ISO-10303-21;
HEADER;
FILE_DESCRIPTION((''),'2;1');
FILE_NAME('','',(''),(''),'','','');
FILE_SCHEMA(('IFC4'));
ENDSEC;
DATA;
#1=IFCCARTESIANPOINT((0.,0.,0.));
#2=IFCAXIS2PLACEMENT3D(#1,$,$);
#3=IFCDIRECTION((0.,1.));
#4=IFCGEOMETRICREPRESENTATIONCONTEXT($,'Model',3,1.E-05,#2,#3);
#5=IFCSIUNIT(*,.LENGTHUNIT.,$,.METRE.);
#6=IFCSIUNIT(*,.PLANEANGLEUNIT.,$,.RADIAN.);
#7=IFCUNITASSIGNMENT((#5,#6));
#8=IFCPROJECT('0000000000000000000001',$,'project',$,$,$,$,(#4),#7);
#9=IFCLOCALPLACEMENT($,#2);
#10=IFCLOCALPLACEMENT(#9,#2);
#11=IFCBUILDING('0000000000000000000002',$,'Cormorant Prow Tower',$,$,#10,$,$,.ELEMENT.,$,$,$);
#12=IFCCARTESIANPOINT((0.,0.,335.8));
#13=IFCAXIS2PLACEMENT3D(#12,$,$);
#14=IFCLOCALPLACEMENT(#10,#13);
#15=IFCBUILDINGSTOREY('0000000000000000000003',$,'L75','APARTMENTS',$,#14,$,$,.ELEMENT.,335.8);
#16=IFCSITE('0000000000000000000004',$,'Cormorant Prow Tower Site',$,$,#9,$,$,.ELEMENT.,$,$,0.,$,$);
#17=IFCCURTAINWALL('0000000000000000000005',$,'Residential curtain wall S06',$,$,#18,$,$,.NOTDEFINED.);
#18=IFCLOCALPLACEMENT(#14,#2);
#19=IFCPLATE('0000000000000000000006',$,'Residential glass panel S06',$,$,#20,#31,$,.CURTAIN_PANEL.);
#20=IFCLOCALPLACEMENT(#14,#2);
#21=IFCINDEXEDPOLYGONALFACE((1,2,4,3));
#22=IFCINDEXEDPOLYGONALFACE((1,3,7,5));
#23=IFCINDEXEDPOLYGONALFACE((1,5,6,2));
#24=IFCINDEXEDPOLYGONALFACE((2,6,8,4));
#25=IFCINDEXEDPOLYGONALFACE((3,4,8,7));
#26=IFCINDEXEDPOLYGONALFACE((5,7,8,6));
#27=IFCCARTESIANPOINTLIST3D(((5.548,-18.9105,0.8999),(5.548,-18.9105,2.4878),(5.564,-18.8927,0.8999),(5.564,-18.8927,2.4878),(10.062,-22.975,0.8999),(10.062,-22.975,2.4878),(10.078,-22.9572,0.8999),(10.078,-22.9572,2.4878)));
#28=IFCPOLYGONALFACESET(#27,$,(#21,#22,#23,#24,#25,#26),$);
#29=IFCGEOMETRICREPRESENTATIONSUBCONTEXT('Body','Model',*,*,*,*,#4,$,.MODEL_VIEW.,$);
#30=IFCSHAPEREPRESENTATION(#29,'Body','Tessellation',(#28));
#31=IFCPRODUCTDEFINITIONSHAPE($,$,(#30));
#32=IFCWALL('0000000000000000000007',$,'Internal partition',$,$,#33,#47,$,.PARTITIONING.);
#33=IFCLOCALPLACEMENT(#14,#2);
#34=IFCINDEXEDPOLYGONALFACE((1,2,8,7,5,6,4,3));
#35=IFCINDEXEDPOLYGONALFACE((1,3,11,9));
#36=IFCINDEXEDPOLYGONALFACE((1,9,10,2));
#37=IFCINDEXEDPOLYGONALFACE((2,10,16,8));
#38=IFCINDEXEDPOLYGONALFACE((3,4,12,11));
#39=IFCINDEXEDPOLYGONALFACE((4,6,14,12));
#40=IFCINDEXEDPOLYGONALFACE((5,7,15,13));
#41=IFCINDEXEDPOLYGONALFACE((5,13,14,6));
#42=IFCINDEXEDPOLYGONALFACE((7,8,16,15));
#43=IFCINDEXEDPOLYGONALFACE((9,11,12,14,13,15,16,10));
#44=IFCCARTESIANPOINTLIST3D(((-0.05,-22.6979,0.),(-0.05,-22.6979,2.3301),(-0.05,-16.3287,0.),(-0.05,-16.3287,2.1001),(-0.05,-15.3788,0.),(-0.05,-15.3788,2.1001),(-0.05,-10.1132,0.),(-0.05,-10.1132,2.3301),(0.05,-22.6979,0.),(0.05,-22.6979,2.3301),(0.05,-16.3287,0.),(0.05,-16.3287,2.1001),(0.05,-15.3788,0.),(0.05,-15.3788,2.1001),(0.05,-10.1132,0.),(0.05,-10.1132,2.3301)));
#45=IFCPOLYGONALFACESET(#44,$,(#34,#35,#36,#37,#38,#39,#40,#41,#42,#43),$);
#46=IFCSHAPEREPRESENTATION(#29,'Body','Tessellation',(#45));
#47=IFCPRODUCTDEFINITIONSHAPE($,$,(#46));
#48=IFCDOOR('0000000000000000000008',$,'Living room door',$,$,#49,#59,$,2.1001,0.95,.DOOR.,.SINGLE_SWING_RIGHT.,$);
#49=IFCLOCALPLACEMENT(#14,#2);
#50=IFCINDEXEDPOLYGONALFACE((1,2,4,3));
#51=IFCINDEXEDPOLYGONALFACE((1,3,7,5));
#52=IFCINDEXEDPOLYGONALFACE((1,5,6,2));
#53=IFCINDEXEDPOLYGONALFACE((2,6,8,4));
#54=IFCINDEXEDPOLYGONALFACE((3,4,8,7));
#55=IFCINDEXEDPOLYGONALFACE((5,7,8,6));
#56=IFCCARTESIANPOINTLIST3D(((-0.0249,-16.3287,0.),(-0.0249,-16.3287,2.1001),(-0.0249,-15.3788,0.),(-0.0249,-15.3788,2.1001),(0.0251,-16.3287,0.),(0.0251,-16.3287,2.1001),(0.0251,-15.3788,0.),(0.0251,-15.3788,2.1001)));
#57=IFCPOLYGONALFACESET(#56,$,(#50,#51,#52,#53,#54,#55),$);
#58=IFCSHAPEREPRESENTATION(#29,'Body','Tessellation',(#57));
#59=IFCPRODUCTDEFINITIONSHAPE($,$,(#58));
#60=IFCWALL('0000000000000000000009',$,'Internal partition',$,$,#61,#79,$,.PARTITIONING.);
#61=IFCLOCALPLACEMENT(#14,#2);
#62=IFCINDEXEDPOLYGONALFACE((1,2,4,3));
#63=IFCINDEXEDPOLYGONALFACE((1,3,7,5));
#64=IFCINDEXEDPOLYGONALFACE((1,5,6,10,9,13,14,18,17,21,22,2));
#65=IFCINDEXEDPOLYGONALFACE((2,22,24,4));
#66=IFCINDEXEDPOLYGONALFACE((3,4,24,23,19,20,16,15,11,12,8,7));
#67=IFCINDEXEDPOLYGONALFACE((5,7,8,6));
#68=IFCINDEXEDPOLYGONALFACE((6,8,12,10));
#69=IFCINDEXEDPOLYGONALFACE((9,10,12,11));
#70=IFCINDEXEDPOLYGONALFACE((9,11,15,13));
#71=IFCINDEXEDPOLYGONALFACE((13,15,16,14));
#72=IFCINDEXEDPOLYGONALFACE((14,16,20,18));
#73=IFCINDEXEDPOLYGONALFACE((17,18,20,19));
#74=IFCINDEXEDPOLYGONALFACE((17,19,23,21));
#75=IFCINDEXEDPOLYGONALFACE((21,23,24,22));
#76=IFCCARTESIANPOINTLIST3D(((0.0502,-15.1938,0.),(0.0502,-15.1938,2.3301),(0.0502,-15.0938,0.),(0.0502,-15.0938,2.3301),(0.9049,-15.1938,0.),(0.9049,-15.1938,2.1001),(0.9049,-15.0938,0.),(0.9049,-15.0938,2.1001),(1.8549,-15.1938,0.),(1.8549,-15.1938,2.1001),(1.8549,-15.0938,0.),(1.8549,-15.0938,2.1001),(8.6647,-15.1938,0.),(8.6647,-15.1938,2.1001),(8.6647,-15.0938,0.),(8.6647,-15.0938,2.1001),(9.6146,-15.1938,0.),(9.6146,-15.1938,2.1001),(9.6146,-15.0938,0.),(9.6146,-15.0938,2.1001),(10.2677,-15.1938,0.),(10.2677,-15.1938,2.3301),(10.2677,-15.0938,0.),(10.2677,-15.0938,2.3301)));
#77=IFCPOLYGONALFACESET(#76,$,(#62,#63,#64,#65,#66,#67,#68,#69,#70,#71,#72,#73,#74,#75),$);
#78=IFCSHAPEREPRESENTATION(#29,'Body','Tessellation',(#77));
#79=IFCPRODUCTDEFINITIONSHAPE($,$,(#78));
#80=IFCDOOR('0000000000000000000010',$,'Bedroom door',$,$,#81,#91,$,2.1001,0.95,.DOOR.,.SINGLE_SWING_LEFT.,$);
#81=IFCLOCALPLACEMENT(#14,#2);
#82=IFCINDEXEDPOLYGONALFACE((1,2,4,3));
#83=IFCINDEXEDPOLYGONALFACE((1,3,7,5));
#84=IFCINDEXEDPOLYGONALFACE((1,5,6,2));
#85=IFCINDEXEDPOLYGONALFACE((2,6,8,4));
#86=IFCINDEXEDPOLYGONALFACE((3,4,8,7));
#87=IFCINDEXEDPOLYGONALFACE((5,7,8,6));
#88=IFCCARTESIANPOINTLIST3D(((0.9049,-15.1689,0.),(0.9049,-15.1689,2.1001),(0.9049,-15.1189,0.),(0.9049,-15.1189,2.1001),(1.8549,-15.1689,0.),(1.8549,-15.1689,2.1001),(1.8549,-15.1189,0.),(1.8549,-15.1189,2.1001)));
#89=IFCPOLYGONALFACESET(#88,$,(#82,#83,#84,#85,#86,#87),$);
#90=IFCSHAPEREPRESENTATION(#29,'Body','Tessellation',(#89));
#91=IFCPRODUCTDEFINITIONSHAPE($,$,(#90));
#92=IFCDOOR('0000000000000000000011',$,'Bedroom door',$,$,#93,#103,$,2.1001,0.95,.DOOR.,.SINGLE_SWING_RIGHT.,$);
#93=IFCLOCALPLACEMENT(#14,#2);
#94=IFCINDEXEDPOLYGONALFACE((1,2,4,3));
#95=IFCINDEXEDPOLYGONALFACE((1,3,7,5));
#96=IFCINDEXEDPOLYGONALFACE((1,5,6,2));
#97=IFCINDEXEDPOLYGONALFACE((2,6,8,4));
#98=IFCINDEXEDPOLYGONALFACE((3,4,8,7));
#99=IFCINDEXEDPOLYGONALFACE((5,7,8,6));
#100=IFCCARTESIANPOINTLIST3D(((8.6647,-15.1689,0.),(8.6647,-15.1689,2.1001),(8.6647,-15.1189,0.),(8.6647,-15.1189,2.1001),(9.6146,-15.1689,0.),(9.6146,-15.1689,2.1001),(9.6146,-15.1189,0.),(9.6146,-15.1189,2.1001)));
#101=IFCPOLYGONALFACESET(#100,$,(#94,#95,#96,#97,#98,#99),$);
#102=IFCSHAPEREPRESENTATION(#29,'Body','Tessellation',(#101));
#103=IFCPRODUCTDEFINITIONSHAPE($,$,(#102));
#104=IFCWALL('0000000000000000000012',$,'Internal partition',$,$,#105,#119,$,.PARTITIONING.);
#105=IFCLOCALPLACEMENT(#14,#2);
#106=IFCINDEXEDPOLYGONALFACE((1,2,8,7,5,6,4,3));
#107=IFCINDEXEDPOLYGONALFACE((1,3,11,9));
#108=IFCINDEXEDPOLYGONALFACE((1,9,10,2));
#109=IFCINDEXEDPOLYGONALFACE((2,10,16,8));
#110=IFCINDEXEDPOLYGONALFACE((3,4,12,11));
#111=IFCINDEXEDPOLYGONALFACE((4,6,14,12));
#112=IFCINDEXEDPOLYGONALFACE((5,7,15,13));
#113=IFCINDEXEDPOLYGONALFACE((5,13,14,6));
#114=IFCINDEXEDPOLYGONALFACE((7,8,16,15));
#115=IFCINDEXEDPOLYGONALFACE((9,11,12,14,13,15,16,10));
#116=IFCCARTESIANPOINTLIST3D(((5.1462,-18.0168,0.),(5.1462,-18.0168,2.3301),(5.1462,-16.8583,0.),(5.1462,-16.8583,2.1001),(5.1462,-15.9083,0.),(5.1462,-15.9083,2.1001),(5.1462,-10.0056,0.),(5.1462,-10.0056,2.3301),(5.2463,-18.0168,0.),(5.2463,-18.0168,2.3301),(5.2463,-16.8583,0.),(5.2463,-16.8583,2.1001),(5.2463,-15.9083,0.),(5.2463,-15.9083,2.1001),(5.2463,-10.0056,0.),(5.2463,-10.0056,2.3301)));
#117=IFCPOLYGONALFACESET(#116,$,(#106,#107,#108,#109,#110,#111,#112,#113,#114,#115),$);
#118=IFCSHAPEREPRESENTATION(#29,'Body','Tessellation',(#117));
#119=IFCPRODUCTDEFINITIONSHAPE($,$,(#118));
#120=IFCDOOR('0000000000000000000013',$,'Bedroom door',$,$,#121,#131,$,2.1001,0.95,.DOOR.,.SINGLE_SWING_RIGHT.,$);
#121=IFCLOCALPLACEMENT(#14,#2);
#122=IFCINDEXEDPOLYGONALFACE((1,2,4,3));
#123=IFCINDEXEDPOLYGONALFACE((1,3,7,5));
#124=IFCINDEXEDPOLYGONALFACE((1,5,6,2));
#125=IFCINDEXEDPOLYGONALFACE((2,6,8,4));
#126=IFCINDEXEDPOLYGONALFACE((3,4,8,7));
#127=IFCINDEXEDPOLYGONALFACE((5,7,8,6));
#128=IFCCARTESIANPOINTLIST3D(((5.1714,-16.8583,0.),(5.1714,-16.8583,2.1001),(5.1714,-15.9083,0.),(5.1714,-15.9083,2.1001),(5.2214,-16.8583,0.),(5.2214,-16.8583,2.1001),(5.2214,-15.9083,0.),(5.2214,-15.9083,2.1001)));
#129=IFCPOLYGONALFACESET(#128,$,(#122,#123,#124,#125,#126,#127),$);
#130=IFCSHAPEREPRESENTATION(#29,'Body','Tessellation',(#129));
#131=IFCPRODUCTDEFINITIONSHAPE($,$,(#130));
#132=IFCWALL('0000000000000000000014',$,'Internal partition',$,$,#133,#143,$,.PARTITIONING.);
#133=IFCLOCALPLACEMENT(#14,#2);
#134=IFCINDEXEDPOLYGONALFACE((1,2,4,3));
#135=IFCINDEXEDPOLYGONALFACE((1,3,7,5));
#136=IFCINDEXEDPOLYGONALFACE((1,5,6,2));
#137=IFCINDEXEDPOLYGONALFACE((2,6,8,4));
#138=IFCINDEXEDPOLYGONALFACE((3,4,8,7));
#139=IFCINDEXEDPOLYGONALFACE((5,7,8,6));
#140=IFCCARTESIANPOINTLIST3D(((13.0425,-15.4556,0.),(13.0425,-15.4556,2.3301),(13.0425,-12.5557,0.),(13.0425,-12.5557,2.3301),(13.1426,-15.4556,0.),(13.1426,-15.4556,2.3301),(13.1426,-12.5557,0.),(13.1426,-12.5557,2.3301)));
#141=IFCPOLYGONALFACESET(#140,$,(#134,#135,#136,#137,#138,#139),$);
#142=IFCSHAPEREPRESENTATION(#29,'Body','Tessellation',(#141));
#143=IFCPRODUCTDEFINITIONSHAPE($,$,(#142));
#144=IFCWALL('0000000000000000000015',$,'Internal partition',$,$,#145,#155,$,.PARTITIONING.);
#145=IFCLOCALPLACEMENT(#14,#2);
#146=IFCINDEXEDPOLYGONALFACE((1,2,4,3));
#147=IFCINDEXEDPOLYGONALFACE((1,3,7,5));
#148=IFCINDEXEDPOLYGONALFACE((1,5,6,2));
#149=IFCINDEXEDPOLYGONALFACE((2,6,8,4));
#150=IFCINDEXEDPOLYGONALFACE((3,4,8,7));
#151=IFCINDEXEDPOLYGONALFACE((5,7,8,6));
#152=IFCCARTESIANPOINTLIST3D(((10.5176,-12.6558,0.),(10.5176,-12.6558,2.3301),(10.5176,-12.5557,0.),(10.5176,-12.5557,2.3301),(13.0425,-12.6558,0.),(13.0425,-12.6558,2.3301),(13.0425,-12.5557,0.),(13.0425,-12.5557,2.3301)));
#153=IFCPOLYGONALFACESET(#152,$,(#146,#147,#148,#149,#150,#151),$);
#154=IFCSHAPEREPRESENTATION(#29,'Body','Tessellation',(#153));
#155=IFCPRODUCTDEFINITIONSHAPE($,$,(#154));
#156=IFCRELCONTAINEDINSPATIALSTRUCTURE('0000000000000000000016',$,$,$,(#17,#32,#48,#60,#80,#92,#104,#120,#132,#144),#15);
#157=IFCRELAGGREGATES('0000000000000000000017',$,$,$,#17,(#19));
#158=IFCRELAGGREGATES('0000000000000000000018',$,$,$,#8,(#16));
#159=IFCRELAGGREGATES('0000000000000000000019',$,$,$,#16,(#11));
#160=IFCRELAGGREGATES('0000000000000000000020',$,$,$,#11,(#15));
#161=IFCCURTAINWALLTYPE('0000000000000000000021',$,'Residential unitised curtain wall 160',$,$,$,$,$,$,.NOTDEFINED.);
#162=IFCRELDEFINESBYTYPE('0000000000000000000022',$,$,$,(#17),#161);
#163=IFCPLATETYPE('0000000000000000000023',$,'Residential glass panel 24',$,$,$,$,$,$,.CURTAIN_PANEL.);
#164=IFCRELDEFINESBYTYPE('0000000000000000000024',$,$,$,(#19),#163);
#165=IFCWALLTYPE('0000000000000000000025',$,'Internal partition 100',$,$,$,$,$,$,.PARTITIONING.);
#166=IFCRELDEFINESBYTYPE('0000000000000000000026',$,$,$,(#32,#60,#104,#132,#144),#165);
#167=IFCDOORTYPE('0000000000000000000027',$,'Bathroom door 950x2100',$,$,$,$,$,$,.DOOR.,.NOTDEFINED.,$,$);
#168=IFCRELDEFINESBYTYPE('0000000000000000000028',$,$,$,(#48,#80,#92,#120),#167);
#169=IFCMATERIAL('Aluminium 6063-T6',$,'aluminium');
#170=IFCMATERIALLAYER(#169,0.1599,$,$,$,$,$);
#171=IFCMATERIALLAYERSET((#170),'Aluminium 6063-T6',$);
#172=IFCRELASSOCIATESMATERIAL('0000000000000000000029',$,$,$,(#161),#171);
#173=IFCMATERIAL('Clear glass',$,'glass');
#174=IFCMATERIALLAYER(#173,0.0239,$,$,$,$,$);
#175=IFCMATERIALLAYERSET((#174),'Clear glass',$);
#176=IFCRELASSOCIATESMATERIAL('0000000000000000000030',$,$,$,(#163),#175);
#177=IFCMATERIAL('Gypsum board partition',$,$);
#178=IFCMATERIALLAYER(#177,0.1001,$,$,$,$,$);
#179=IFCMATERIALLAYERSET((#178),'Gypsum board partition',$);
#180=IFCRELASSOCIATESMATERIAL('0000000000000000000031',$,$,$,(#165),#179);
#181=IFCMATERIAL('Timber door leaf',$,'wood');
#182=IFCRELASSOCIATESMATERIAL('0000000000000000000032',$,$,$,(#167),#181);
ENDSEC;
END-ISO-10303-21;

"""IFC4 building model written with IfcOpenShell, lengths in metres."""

from ifc_helpers import new_model, si_unit, direction, frame, frame_2d, origin, origin_2d, place, context, subcontext, project, spatial, rectangle, extrude, material, layer, layer_set, type_object, element, fill, aggregate, save


model = new_model("IFC4")

# Units and contexts
model_context = context("Model", 3, precision=1e-05, world=origin(), true_north=direction((0.0, 1.0)))
body_context = subcontext(model_context, "Body", "Model", "MODEL_VIEW")
ifc_project = project(units=[si_unit("LENGTHUNIT", "METRE"), si_unit("PLANEANGLEUNIT", "RADIAN")], contexts=[model_context])

# Site, building, storey
site_placement = place(None, origin())
site = spatial("IfcSite", under=ifc_project, at=site_placement, Name="Cormorant Prow Tower Site", CompositionType="ELEMENT", RefElevation=0.0)
building_placement = place(site_placement, origin())
building = spatial("IfcBuilding", under=site, at=building_placement, Name="Cormorant Prow Tower", CompositionType="ELEMENT")
storey_placement = place(building_placement, frame((0.0, 0.0, 335.8)))
storey = spatial("IfcBuildingStorey", under=building, at=storey_placement, Name="L75", Description="APARTMENTS", CompositionType="ELEMENT", Elevation=335.8)

# Curtain wall
ifc_material_1 = material(Name="Aluminium 6063-T6", Category="aluminium")
ifc_layer_1 = layer(ifc_material_1, 0.1599)
ifc_layer_set_1 = layer_set([ifc_layer_1], Name="Aluminium 6063-T6")
curtain_wall_type = type_object("IfcCurtainWallType", Name="Residential unitised curtain wall 160", PredefinedType="NOTDEFINED", material=ifc_layer_set_1)
curtain_wall_placement = place(storey_placement, origin())
curtain_wall = element("IfcCurtainWall", 1, at=curtain_wall_placement, inside=storey, type_object=curtain_wall_type, Name="Residential curtain wall S06", PredefinedType="NOTDEFINED")

# Plate
ifc_material_2 = material(Name="Clear glass", Category="glass")
ifc_layer_2 = layer(ifc_material_2, 0.0239)
ifc_layer_set_2 = layer_set([ifc_layer_2], Name="Clear glass")
plate_type = type_object("IfcPlateType", Name="Residential glass panel 24", PredefinedType="CURTAIN_PANEL", material=ifc_layer_set_2)
plate_placement = place(storey_placement, frame((7.813, -20.9338, 0.8999), z_axis=(0.0, 0.0, 1.0), x_axis=(0.743145, -0.669131, 0.0)))
plate = element("IfcPlate", 2, at=plate_placement, type_object=plate_type, Name="Residential glass panel S06", PredefinedType="CURTAIN_PANEL", context=body_context, shape_type="SweptSolid", body=[
    extrude(rectangle(XDim=6.0742, YDim=0.0239, at=origin_2d()), origin(), (0.0, 0.0, 1.0), 1.5879),
])
aggregate(curtain_wall, [plate])

# Wall, opening, door
ifc_material_3 = material(Name="Gypsum board partition")
ifc_layer_3 = layer(ifc_material_3, 0.1001)
ifc_layer_set_3 = layer_set([ifc_layer_3], Name="Gypsum board partition")
wall_type_1 = type_object("IfcWallType", Name="Internal partition 100", PredefinedType="PARTITIONING", material=ifc_layer_set_3)
wall_1_placement = place(storey_placement, frame((0.0, -22.698, 0.0), z_axis=(0.0, 0.0, 1.0), x_axis=(0.0, 1.0, 0.0)))
wall_1 = element("IfcWall", 3, at=wall_1_placement, inside=storey, type_object=wall_type_1, Name="Internal partition", PredefinedType="PARTITIONING", context=body_context, shape_type="SweptSolid", body=[
    extrude(rectangle(XDim=12.5847, YDim=0.1001, at=frame_2d((6.2925, 0.0))), origin(), (0.0, 0.0, 1.0), 2.3301),
])
opening_1_placement = place(wall_1_placement, frame((6.3691, 0.0, 0.0)))
opening_1 = element("IfcOpeningElement", 4, at=opening_1_placement, cuts=wall_1, PredefinedType="OPENING", context=body_context, shape_type="SweptSolid", body=[
    extrude(rectangle(XDim=0.95, YDim=2.1001, at=frame_2d((0.4751, 1.05))), frame((0.0, 0.0601, 0.0), z_axis=(0.0, -1.0, 0.0), x_axis=(1.0, 0.0, 0.0)), (0.0, 0.0, 1.0), 0.1201),
])
ifc_material_4 = material(Name="Timber door leaf", Category="wood")
door_type_1 = type_object("IfcDoorType", Name="Bathroom door 950x2100", OperationType="NOTDEFINED", PredefinedType="DOOR", material=ifc_material_4)
door_1_placement = place(opening_1_placement, origin())
door_1 = element("IfcDoor", 5, at=door_1_placement, inside=storey, type_object=door_type_1, Name="Living room door", OperationType="SINGLE_SWING_RIGHT", OverallHeight=2.1001, OverallWidth=0.95, PredefinedType="DOOR", context=body_context, shape_type="SweptSolid", body=[
    extrude(rectangle(XDim=0.95, YDim=2.1001, at=frame_2d((0.4751, 1.05))), frame((0.0, 0.0249, 0.0), z_axis=(0.0, -1.0, 0.0), x_axis=(1.0, 0.0, 0.0)), (0.0, 0.0, 1.0), 0.05),
])
fill(opening_1, door_1)

# Wall, openings, doors
wall_2_placement = place(storey_placement, frame((0.05, -15.1438, 0.0), z_axis=(0.0, 0.0, 1.0), x_axis=(1.0, 0.0, 0.0)))
wall_2 = element("IfcWall", 6, at=wall_2_placement, inside=storey, type_object=wall_type_1, Name="Internal partition", PredefinedType="PARTITIONING", context=body_context, shape_type="SweptSolid", body=[
    extrude(rectangle(XDim=10.2175, YDim=0.1001, at=frame_2d((5.1089, 0.0))), origin(), (0.0, 0.0, 1.0), 2.3301),
])
opening_2_placement = place(wall_2_placement, frame((0.8547, 0.0, 0.0)))
opening_2 = element("IfcOpeningElement", 7, at=opening_2_placement, cuts=wall_2, PredefinedType="OPENING", context=body_context, shape_type="SweptSolid", body=[
    extrude(rectangle(XDim=0.95, YDim=2.1001, at=frame_2d((0.4751, 1.05))), frame((0.0, 0.0601, 0.0), z_axis=(0.0, -1.0, 0.0), x_axis=(1.0, 0.0, 0.0)), (0.0, 0.0, 1.0), 0.1201),
])
opening_3_placement = place(wall_2_placement, frame((8.6145, 0.0, 0.0)))
opening_3 = element("IfcOpeningElement", 8, at=opening_3_placement, cuts=wall_2, PredefinedType="OPENING", context=body_context, shape_type="SweptSolid", body=[
    extrude(rectangle(XDim=0.95, YDim=2.1001, at=frame_2d((0.4751, 1.05))), frame((0.0, 0.0601, 0.0), z_axis=(0.0, -1.0, 0.0), x_axis=(1.0, 0.0, 0.0)), (0.0, 0.0, 1.0), 0.1201),
])
door_2_placement = place(opening_2_placement, origin())
door_2 = element("IfcDoor", 9, at=door_2_placement, inside=storey, type_object=door_type_1, Name="Bedroom door", OperationType="SINGLE_SWING_LEFT", OverallHeight=2.1001, OverallWidth=0.95, PredefinedType="DOOR", context=body_context, shape_type="SweptSolid", body=[
    extrude(rectangle(XDim=0.95, YDim=2.1001, at=frame_2d((0.4751, 1.05))), frame((0.0, 0.0249, 0.0), z_axis=(0.0, -1.0, 0.0), x_axis=(1.0, 0.0, 0.0)), (0.0, 0.0, 1.0), 0.05),
])
fill(opening_2, door_2)
door_3_placement = place(opening_3_placement, origin())
door_3 = element("IfcDoor", 10, at=door_3_placement, inside=storey, type_object=door_type_1, Name="Bedroom door", OperationType="SINGLE_SWING_RIGHT", OverallHeight=2.1001, OverallWidth=0.95, PredefinedType="DOOR", context=body_context, shape_type="SweptSolid", body=[
    extrude(rectangle(XDim=0.95, YDim=2.1001, at=frame_2d((0.4751, 1.05))), frame((0.0, 0.0249, 0.0), z_axis=(0.0, -1.0, 0.0), x_axis=(1.0, 0.0, 0.0)), (0.0, 0.0, 1.0), 0.05),
])
fill(opening_3, door_3)

# Wall, opening, door
wall_3_placement = place(storey_placement, frame((5.1963, -18.0168, 0.0), z_axis=(0.0, 0.0, 1.0), x_axis=(0.0, 1.0, 0.0)))
wall_3 = element("IfcWall", 11, at=wall_3_placement, inside=storey, type_object=wall_type_1, Name="Internal partition", PredefinedType="PARTITIONING", context=body_context, shape_type="SweptSolid", body=[
    extrude(rectangle(XDim=8.0112, YDim=0.1001, at=frame_2d((4.0056, 0.0))), origin(), (0.0, 0.0, 1.0), 2.3301),
])
opening_4_placement = place(wall_3_placement, frame((1.1584, 0.0, 0.0)))
opening_4 = element("IfcOpeningElement", 12, at=opening_4_placement, cuts=wall_3, PredefinedType="OPENING", context=body_context, shape_type="SweptSolid", body=[
    extrude(rectangle(XDim=0.95, YDim=2.1001, at=frame_2d((0.4751, 1.05))), frame((0.0, 0.0601, 0.0), z_axis=(0.0, -1.0, 0.0), x_axis=(1.0, 0.0, 0.0)), (0.0, 0.0, 1.0), 0.1201),
])
door_4_placement = place(opening_4_placement, origin())
door_4 = element("IfcDoor", 13, at=door_4_placement, inside=storey, type_object=door_type_1, Name="Bedroom door", OperationType="SINGLE_SWING_RIGHT", OverallHeight=2.1001, OverallWidth=0.95, PredefinedType="DOOR", context=body_context, shape_type="SweptSolid", body=[
    extrude(rectangle(XDim=0.95, YDim=2.1001, at=frame_2d((0.4751, 1.05))), frame((0.0, 0.0249, 0.0), z_axis=(0.0, -1.0, 0.0), x_axis=(1.0, 0.0, 0.0)), (0.0, 0.0, 1.0), 0.05),
])
fill(opening_4, door_4)

# Walls
wall_4_placement = place(storey_placement, frame((13.0925, -15.4556, 0.0), z_axis=(0.0, 0.0, 1.0), x_axis=(0.0, 1.0, 0.0)))
element("IfcWall", 14, at=wall_4_placement, inside=storey, type_object=wall_type_1, Name="Internal partition", PredefinedType="PARTITIONING", context=body_context, shape_type="SweptSolid", body=[
    extrude(rectangle(XDim=2.8999, YDim=0.1001, at=frame_2d((1.45, 0.0))), origin(), (0.0, 0.0, 1.0), 2.3301),
])
wall_5_placement = place(storey_placement, frame((10.5176, -12.6057, 0.0), z_axis=(0.0, 0.0, 1.0), x_axis=(1.0, 0.0, 0.0)))
element("IfcWall", 15, at=wall_5_placement, inside=storey, type_object=wall_type_1, Name="Internal partition", PredefinedType="PARTITIONING", context=body_context, shape_type="SweptSolid", body=[
    extrude(rectangle(XDim=2.5249, YDim=0.1001, at=frame_2d((1.2625, 0.0))), origin(), (0.0, 0.0, 1.0), 2.3301),
])

save(model, "model.ifc")
